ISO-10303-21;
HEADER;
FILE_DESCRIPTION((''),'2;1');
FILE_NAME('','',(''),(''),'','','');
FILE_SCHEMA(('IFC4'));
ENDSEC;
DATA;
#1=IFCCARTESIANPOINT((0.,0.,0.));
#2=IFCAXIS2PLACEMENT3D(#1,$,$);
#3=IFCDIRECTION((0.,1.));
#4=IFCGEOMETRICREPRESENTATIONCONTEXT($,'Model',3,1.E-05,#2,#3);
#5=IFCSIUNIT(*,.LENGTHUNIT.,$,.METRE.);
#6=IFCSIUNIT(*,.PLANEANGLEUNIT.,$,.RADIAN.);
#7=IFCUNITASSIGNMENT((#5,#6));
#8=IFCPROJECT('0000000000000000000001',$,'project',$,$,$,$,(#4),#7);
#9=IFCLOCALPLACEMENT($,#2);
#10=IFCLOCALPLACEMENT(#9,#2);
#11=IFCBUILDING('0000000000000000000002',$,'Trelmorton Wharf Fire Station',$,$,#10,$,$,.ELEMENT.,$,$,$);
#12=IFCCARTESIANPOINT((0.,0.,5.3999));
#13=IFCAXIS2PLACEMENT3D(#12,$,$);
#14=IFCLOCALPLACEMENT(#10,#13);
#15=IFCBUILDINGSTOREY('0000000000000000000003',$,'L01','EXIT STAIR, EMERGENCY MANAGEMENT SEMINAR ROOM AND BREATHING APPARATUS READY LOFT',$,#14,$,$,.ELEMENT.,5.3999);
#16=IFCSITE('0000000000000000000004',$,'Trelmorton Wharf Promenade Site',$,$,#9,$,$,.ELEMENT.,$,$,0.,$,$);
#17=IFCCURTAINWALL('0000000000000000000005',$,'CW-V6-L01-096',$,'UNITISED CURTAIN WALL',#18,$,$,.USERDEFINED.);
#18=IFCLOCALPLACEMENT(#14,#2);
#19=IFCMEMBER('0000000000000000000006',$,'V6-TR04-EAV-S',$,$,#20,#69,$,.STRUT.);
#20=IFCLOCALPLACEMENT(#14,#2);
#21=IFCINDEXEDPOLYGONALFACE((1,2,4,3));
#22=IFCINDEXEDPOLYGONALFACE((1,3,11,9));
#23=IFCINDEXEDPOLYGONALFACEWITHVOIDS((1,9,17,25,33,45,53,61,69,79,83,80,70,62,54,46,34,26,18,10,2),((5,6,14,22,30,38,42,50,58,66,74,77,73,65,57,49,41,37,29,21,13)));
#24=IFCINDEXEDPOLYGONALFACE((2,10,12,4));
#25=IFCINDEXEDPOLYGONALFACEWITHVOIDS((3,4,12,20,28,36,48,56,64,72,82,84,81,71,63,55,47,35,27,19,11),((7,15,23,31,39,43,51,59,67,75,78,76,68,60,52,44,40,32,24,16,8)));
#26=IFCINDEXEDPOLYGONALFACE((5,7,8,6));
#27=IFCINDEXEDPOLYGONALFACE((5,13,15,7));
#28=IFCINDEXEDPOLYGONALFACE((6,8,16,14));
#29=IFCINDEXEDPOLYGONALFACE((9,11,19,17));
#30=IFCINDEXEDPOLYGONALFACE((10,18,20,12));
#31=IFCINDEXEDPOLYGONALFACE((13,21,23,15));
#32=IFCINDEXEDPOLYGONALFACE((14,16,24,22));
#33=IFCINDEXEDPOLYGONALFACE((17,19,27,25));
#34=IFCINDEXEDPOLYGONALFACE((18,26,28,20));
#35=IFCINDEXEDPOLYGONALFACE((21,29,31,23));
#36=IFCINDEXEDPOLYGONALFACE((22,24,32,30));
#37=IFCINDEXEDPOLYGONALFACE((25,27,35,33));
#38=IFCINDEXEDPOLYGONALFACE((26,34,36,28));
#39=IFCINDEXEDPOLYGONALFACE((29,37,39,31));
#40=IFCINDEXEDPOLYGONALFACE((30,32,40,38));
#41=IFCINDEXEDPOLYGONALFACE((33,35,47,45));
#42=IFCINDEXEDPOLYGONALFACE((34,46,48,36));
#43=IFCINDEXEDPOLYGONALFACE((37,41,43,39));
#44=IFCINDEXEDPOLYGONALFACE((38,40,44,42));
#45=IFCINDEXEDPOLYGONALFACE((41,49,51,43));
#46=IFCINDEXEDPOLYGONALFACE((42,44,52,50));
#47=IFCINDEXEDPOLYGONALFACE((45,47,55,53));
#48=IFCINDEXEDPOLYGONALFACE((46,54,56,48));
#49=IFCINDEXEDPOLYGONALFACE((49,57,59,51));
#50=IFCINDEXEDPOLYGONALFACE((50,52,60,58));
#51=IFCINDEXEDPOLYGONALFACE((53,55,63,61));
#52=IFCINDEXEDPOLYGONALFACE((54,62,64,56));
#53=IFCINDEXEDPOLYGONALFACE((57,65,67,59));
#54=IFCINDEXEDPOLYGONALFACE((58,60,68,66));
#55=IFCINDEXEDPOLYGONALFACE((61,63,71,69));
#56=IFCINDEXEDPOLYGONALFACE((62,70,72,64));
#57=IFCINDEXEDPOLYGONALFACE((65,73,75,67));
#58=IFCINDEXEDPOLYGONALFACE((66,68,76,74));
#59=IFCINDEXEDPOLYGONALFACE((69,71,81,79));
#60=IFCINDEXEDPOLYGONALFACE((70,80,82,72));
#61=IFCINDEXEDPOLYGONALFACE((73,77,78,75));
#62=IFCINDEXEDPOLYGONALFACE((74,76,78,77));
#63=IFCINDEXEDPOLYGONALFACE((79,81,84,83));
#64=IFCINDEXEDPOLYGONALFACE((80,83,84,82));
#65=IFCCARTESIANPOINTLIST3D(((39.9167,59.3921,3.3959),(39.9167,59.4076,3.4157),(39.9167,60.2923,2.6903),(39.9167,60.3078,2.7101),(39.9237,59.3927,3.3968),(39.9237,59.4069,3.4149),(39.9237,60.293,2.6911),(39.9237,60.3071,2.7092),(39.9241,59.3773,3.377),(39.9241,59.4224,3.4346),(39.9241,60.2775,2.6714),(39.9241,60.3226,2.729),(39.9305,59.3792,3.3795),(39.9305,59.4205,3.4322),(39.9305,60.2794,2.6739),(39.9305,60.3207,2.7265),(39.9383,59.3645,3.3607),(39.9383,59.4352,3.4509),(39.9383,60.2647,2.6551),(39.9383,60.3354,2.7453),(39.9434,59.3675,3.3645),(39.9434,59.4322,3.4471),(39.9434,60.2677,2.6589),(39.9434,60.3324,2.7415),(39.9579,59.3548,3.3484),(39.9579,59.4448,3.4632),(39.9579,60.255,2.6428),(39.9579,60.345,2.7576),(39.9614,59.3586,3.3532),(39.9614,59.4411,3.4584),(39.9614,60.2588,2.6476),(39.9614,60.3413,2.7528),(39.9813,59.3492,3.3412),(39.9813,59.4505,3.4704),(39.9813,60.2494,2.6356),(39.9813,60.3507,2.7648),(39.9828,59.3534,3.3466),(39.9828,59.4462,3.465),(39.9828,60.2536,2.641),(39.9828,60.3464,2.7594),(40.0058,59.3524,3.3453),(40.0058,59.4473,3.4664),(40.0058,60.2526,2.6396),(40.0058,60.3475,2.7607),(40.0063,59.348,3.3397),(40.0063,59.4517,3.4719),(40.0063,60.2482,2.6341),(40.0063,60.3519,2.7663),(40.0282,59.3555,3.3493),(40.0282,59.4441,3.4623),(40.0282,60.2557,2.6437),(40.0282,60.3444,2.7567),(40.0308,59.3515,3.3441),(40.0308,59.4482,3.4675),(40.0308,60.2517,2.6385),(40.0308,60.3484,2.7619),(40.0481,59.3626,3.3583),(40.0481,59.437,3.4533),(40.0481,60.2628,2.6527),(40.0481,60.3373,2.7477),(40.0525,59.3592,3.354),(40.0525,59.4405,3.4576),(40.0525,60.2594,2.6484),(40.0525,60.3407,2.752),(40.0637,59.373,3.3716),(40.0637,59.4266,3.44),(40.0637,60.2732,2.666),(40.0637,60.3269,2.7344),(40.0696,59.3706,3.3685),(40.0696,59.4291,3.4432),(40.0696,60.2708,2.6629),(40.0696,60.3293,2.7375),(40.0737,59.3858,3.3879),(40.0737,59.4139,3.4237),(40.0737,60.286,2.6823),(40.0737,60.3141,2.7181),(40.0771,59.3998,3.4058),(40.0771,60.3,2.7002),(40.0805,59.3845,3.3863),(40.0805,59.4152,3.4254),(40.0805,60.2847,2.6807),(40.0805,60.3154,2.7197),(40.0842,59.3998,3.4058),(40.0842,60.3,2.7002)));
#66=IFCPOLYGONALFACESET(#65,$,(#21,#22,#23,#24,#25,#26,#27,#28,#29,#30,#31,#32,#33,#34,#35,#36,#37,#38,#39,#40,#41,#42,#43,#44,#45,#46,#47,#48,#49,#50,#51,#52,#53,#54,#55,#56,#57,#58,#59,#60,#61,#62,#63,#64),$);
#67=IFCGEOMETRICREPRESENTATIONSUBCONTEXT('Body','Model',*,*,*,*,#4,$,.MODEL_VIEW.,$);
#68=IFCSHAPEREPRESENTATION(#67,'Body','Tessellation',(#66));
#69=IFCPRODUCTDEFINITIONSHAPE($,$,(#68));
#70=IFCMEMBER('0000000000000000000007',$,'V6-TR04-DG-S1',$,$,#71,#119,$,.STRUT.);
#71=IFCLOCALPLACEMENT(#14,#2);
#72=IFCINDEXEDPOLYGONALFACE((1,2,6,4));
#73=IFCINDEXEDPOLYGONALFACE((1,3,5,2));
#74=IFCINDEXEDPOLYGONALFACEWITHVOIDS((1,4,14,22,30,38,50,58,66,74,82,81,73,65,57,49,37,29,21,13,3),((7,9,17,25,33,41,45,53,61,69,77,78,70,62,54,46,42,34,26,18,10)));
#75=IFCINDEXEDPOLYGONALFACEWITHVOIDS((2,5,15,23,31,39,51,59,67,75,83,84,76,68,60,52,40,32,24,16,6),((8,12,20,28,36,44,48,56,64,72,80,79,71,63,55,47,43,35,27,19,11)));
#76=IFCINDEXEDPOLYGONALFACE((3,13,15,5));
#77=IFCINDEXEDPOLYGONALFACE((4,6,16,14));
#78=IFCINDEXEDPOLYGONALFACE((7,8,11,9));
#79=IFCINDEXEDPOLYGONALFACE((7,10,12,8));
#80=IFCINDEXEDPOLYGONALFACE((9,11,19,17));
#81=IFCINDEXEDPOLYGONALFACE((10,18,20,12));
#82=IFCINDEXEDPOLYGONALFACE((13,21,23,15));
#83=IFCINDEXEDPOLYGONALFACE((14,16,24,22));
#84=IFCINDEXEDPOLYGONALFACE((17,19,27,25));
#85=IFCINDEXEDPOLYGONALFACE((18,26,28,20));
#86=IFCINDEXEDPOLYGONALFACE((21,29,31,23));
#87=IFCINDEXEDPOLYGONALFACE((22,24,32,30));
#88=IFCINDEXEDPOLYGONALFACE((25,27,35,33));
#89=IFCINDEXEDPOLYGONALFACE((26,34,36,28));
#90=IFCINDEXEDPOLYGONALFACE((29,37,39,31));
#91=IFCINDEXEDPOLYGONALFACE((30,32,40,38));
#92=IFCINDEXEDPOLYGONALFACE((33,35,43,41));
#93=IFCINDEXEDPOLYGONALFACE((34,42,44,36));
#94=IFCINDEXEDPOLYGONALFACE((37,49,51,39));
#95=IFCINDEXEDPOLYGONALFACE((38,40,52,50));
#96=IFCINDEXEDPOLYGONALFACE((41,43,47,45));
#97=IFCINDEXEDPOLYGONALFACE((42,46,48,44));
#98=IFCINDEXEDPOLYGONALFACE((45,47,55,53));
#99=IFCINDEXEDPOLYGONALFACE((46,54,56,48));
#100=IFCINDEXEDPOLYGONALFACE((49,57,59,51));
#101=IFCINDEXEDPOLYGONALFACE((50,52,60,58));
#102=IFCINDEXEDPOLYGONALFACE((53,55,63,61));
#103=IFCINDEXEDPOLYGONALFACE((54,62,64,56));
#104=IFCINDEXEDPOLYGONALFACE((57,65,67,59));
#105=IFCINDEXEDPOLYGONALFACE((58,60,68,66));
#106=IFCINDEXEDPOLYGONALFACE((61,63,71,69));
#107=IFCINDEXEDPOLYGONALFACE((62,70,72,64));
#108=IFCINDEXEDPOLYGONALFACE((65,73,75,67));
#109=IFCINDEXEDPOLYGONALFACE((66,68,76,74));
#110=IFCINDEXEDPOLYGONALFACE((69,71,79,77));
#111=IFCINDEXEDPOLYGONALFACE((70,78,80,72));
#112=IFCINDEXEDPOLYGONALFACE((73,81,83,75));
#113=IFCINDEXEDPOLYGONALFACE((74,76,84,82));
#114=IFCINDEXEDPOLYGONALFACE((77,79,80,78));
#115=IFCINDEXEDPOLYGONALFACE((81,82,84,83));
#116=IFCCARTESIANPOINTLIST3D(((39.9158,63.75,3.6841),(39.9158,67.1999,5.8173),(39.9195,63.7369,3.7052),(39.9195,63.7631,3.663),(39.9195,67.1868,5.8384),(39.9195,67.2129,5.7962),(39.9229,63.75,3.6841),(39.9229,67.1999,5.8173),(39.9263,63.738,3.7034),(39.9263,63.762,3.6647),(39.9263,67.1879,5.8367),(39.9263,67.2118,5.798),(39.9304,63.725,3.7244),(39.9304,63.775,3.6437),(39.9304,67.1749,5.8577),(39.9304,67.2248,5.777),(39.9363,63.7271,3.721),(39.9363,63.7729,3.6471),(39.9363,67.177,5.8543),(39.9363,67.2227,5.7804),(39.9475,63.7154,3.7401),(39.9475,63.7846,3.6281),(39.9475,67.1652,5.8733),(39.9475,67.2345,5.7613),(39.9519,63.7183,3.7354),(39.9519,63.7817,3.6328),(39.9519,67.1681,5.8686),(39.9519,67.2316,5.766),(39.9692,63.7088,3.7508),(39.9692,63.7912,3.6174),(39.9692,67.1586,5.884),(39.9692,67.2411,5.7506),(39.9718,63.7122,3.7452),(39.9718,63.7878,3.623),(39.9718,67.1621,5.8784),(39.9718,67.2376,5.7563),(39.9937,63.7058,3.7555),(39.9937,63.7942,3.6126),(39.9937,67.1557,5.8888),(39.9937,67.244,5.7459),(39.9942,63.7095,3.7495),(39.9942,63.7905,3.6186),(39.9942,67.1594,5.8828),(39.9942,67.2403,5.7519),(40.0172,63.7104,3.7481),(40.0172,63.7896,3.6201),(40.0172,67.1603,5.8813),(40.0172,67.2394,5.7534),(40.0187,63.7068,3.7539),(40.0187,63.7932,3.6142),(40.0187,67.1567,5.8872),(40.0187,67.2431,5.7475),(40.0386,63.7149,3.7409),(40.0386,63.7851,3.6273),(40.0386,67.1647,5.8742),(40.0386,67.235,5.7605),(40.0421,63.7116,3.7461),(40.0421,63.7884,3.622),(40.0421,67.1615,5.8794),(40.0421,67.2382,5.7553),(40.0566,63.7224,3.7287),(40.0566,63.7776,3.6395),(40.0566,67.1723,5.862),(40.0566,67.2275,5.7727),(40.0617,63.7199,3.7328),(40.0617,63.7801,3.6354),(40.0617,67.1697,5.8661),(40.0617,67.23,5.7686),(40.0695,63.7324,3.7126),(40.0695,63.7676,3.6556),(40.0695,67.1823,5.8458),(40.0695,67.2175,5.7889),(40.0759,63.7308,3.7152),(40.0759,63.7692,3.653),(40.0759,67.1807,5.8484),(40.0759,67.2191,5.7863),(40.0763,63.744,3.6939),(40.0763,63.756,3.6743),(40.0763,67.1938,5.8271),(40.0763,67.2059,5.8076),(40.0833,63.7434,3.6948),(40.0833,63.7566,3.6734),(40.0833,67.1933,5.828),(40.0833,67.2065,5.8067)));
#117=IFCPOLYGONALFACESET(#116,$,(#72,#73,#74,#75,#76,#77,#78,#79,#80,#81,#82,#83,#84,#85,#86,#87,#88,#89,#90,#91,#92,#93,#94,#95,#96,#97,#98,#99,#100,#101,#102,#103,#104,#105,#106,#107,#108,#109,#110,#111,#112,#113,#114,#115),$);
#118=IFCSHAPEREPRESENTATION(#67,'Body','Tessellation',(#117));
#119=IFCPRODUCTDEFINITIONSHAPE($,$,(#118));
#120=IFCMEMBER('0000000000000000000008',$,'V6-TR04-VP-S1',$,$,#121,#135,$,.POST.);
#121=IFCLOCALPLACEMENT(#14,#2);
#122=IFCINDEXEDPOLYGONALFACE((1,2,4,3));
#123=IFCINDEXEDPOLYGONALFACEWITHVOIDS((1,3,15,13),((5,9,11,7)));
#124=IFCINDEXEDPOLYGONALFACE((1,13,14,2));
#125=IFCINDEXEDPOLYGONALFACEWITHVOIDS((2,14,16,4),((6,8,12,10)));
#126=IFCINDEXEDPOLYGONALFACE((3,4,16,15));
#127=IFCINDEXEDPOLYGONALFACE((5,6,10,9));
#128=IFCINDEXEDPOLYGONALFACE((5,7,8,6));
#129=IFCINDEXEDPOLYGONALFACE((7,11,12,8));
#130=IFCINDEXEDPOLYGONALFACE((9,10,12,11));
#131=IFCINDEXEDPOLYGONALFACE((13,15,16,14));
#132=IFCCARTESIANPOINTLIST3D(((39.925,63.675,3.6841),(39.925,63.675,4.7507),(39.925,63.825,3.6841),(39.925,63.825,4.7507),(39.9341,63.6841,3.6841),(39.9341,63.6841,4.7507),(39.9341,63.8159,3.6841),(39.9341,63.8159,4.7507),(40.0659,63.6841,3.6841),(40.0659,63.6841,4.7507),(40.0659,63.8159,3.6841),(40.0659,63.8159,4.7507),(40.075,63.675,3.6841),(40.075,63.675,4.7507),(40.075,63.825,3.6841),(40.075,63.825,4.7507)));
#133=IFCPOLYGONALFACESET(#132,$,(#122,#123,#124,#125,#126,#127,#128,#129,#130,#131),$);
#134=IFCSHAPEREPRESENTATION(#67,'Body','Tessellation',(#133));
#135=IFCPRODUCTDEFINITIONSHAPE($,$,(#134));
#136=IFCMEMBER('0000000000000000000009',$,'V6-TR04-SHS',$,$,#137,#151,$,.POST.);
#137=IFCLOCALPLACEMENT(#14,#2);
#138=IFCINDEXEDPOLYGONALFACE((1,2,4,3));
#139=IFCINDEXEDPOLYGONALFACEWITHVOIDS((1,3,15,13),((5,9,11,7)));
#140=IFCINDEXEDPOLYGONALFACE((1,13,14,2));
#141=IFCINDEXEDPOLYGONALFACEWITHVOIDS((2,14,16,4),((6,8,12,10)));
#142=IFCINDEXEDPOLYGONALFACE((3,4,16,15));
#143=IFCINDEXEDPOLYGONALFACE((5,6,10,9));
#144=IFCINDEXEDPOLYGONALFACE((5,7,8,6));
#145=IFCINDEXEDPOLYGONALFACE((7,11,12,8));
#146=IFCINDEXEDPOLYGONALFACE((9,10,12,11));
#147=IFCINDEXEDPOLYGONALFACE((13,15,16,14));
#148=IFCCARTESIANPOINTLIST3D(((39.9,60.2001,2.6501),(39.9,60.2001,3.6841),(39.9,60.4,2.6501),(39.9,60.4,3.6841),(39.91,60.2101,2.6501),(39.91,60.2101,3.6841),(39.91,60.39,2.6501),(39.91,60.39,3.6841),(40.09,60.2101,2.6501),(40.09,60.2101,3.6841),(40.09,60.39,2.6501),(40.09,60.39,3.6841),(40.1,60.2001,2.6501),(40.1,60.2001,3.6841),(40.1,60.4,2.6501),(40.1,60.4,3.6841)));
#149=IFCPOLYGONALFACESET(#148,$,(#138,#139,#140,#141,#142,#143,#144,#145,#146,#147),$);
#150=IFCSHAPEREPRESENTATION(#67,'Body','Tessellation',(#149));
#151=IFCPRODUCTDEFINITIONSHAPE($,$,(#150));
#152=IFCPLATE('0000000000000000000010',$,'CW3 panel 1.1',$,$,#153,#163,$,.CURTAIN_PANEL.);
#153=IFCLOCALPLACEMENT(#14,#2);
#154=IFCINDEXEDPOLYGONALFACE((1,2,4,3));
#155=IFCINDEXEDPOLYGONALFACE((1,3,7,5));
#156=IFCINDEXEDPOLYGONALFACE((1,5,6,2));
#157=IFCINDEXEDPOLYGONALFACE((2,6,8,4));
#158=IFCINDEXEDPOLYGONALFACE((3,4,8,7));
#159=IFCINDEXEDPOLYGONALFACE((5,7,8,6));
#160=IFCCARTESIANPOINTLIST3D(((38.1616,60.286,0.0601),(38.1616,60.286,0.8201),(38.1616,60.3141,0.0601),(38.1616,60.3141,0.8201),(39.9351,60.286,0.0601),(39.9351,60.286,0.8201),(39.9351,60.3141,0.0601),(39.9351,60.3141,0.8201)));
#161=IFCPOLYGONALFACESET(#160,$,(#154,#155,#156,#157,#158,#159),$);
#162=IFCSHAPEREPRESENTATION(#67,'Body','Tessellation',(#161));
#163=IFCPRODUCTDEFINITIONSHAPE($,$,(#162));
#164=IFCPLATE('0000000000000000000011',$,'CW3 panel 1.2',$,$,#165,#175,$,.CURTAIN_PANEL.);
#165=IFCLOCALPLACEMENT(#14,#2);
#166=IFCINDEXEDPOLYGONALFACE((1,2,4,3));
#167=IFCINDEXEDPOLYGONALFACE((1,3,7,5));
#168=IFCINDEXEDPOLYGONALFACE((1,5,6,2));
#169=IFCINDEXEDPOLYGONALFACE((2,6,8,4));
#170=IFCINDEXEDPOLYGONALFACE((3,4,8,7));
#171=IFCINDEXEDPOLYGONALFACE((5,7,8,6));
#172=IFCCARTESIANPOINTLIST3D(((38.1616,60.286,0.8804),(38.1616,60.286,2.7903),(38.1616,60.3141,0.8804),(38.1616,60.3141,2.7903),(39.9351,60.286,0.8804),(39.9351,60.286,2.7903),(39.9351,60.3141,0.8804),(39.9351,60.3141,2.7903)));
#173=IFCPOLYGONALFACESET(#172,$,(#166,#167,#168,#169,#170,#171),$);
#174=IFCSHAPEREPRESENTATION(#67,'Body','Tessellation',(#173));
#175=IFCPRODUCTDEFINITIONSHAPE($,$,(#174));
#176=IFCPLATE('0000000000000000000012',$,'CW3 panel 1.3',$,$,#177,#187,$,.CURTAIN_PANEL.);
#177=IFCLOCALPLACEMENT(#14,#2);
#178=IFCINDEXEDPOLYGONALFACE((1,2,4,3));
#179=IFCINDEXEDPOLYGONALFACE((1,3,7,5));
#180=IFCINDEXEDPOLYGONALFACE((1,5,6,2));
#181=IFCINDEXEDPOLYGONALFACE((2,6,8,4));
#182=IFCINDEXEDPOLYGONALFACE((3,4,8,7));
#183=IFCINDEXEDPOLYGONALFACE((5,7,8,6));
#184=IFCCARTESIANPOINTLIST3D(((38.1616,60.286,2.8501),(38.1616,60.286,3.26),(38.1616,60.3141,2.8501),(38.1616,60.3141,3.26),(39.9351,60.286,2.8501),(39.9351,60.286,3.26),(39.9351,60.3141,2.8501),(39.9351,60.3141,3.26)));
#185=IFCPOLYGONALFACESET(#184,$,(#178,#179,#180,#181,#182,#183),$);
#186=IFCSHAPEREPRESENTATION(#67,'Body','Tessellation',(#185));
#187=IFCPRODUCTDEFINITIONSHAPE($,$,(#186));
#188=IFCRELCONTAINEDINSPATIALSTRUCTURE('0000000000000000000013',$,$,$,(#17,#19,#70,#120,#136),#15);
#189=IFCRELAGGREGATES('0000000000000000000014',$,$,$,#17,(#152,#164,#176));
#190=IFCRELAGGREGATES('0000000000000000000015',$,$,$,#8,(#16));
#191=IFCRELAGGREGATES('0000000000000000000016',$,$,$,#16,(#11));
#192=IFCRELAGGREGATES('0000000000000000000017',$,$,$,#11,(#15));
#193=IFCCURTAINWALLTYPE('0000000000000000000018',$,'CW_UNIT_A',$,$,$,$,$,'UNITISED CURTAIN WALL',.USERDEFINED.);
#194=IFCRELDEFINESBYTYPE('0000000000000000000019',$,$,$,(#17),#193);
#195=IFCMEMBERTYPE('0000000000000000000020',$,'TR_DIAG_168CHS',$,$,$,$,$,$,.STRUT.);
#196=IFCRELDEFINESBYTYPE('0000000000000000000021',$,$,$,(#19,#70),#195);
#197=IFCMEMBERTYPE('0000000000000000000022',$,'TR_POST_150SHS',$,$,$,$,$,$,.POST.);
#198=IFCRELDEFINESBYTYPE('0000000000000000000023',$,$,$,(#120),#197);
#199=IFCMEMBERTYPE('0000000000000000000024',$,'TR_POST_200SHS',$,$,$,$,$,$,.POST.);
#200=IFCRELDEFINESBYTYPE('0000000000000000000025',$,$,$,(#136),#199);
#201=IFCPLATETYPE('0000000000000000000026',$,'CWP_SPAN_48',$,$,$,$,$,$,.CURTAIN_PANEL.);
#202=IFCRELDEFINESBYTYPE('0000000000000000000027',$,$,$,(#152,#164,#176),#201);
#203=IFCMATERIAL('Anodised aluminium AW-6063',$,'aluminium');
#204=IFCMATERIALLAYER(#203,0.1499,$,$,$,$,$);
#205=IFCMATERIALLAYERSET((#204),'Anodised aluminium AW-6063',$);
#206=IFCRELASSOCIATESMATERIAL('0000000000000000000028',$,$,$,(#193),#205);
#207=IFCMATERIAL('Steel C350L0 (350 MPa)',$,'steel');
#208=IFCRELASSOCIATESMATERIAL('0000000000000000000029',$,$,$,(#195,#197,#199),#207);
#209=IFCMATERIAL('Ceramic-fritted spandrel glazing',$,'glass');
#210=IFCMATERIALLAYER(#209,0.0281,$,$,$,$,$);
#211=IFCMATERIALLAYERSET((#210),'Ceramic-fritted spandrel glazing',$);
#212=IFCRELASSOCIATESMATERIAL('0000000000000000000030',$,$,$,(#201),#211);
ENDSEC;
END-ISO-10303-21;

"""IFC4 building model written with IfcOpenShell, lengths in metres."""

from ifc_helpers import new_model, si_unit, direction, frame, origin, origin_2d, place, context, subcontext, project, spatial, rectangle, hollow_rectangle, hollow_circle, extrude, material, layer, layer_set, material_profile, profile_set, type_object, element, aggregate, save


model = new_model("IFC4")

# Units and contexts
model_context = context("Model", 3, precision=1e-05, world=origin(), true_north=direction((0.0, 1.0)))
body_context = subcontext(model_context, "Body", "Model", "MODEL_VIEW")
ifc_project = project(units=[si_unit("LENGTHUNIT", "METRE"), si_unit("PLANEANGLEUNIT", "RADIAN")], contexts=[model_context])

# Site, building, storey
site_placement = place(None, origin())
site = spatial("IfcSite", under=ifc_project, at=site_placement, Name="Trelmorton Wharf Promenade Site", CompositionType="ELEMENT", RefElevation=0.0)
building_placement = place(site_placement, origin())
building = spatial("IfcBuilding", under=site, at=building_placement, Name="Trelmorton Wharf Fire Station", CompositionType="ELEMENT")
storey_placement = place(building_placement, frame((0.0, 0.0, 5.3999)))
storey = spatial("IfcBuildingStorey", under=building, at=storey_placement, Name="L01", Description="EXIT STAIR, EMERGENCY MANAGEMENT SEMINAR ROOM AND BREATHING APPARATUS READY LOFT", CompositionType="ELEMENT", Elevation=5.3999)

# Curtain wall
ifc_material_1 = material(Name="Anodised aluminium AW-6063", Category="aluminium")
ifc_layer_1 = layer(ifc_material_1, 0.1499)
ifc_layer_set_1 = layer_set([ifc_layer_1], Name="Anodised aluminium AW-6063")
curtain_wall_type = type_object("IfcCurtainWallType", Name="CW_UNIT_A", ElementType="UNITISED CURTAIN WALL", PredefinedType="USERDEFINED", material=ifc_layer_set_1)
curtain_wall_placement = place(storey_placement, origin())
curtain_wall = element("IfcCurtainWall", 1, at=curtain_wall_placement, inside=storey, type_object=curtain_wall_type, Name="CW-V6-L01-096", ObjectType="UNITISED CURTAIN WALL", PredefinedType="USERDEFINED")

# Members
ifc_material_2 = material(Name="Steel C350L0 (350 MPa)", Category="steel")
ifc_material_profile_1 = material_profile(ifc_material_2, hollow_circle(Radius=0.0842, WallThickness=0.0071, at=origin_2d()), Name="168.3x7.1CHS")
ifc_profile_set_1 = profile_set([ifc_material_profile_1], Name="Steel C350L0 (350 MPa)")
member_type_1 = type_object("IfcMemberType", Name="TR_DIAG_168CHS", PredefinedType="STRUT", material=ifc_profile_set_1)
member_1_placement = place(storey_placement, frame((40.0, 60.3, 2.7002), z_axis=(0.0, -0.787036, 0.616907), x_axis=(1.0, 0.0, 0.0)))
element("IfcMember", 2, at=member_1_placement, inside=storey, type_object=member_type_1, Name="V6-TR04-EAV-S", PredefinedType="STRUT", context=body_context, shape_type="SweptSolid", body=[
    extrude(hollow_circle(Radius=0.0842, WallThickness=0.0071, at=origin_2d()), origin(), (0.0, 0.0, 1.0), 1.1438),
])
member_2_placement = place(storey_placement, frame((40.0, 63.75, 3.6841), z_axis=(0.0, 0.850528, 0.52593), x_axis=(-1.0, 0.0, 0.0)))
element("IfcMember", 3, at=member_2_placement, inside=storey, type_object=member_type_1, Name="V6-TR04-DG-S1", PredefinedType="STRUT", context=body_context, shape_type="SweptSolid", body=[
    extrude(hollow_circle(Radius=0.0842, WallThickness=0.0071, at=origin_2d()), origin(), (0.0, 0.0, 1.0), 4.0562),
])
ifc_material_profile_2 = material_profile(ifc_material_2, hollow_rectangle(XDim=0.1499, YDim=0.1499, WallThickness=0.009, at=origin_2d()), Name="150x150x9.0SHS")
ifc_profile_set_2 = profile_set([ifc_material_profile_2], Name="Steel C350L0 (350 MPa)")
member_type_2 = type_object("IfcMemberType", Name="TR_POST_150SHS", PredefinedType="POST", material=ifc_profile_set_2)
member_3_placement = place(storey_placement, frame((40.0, 63.75, 3.6841), z_axis=(0.0, 0.0, 1.0), x_axis=(1.0, 0.0, 0.0)))
element("IfcMember", 4, at=member_3_placement, inside=storey, type_object=member_type_2, Name="V6-TR04-VP-S1", PredefinedType="POST", context=body_context, shape_type="SweptSolid", body=[
    extrude(hollow_rectangle(XDim=0.1499, YDim=0.1499, WallThickness=0.009, at=origin_2d()), origin(), (0.0, 0.0, 1.0), 1.0667),
])
ifc_material_profile_3 = material_profile(ifc_material_2, hollow_rectangle(XDim=0.2, YDim=0.2, WallThickness=0.01, at=origin_2d()), Name="200x200x10.0SHS")
ifc_profile_set_3 = profile_set([ifc_material_profile_3], Name="Steel C350L0 (350 MPa)")
member_type_3 = type_object("IfcMemberType", Name="TR_POST_200SHS", PredefinedType="POST", material=ifc_profile_set_3)
member_4_placement = place(storey_placement, frame((40.0, 60.3, 2.6501), z_axis=(0.0, 0.0, 1.0), x_axis=(1.0, 0.0, 0.0)))
element("IfcMember", 5, at=member_4_placement, inside=storey, type_object=member_type_3, Name="V6-TR04-SHS", PredefinedType="POST", context=body_context, shape_type="SweptSolid", body=[
    extrude(hollow_rectangle(XDim=0.2, YDim=0.2, WallThickness=0.01, at=origin_2d()), origin(), (0.0, 0.0, 1.0), 1.0339),
])

# Plates
ifc_material_3 = material(Name="Ceramic-fritted spandrel glazing", Category="glass")
ifc_layer_2 = layer(ifc_material_3, 0.0281)
ifc_layer_set_2 = layer_set([ifc_layer_2], Name="Ceramic-fritted spandrel glazing")
plate_type_1 = type_object("IfcPlateType", Name="CWP_SPAN_48", PredefinedType="CURTAIN_PANEL", material=ifc_layer_set_2)
plate_1_placement = place(storey_placement, frame((39.0483, 60.3, 0.0601), z_axis=(0.0, 0.0, 1.0), x_axis=(-1.0, 0.0, 0.0)))
plate_1 = element("IfcPlate", 6, at=plate_1_placement, type_object=plate_type_1, Name="CW3 panel 1.1", PredefinedType="CURTAIN_PANEL", context=body_context, shape_type="SweptSolid", body=[
    extrude(rectangle(XDim=1.7734, YDim=0.0281, at=origin_2d()), origin(), (0.0, 0.0, 1.0), 0.76),
])
plate_2_placement = place(storey_placement, frame((39.0483, 60.3, 0.8804), z_axis=(0.0, 0.0, 1.0), x_axis=(-1.0, 0.0, 0.0)))
plate_2 = element("IfcPlate", 7, at=plate_2_placement, type_object=plate_type_1, Name="CW3 panel 1.2", PredefinedType="CURTAIN_PANEL", context=body_context, shape_type="SweptSolid", body=[
    extrude(rectangle(XDim=1.7734, YDim=0.0281, at=origin_2d()), origin(), (0.0, 0.0, 1.0), 1.9099),
])
plate_3_placement = place(storey_placement, frame((39.0483, 60.3, 2.8501), z_axis=(0.0, 0.0, 1.0), x_axis=(-1.0, 0.0, 0.0)))
plate_3 = element("IfcPlate", 8, at=plate_3_placement, type_object=plate_type_1, Name="CW3 panel 1.3", PredefinedType="CURTAIN_PANEL", context=body_context, shape_type="SweptSolid", body=[
    extrude(rectangle(XDim=1.7734, YDim=0.0281, at=origin_2d()), origin(), (0.0, 0.0, 1.0), 0.4099),
])
aggregate(curtain_wall, [plate_1, plate_2, plate_3])

save(model, "model.ifc")
